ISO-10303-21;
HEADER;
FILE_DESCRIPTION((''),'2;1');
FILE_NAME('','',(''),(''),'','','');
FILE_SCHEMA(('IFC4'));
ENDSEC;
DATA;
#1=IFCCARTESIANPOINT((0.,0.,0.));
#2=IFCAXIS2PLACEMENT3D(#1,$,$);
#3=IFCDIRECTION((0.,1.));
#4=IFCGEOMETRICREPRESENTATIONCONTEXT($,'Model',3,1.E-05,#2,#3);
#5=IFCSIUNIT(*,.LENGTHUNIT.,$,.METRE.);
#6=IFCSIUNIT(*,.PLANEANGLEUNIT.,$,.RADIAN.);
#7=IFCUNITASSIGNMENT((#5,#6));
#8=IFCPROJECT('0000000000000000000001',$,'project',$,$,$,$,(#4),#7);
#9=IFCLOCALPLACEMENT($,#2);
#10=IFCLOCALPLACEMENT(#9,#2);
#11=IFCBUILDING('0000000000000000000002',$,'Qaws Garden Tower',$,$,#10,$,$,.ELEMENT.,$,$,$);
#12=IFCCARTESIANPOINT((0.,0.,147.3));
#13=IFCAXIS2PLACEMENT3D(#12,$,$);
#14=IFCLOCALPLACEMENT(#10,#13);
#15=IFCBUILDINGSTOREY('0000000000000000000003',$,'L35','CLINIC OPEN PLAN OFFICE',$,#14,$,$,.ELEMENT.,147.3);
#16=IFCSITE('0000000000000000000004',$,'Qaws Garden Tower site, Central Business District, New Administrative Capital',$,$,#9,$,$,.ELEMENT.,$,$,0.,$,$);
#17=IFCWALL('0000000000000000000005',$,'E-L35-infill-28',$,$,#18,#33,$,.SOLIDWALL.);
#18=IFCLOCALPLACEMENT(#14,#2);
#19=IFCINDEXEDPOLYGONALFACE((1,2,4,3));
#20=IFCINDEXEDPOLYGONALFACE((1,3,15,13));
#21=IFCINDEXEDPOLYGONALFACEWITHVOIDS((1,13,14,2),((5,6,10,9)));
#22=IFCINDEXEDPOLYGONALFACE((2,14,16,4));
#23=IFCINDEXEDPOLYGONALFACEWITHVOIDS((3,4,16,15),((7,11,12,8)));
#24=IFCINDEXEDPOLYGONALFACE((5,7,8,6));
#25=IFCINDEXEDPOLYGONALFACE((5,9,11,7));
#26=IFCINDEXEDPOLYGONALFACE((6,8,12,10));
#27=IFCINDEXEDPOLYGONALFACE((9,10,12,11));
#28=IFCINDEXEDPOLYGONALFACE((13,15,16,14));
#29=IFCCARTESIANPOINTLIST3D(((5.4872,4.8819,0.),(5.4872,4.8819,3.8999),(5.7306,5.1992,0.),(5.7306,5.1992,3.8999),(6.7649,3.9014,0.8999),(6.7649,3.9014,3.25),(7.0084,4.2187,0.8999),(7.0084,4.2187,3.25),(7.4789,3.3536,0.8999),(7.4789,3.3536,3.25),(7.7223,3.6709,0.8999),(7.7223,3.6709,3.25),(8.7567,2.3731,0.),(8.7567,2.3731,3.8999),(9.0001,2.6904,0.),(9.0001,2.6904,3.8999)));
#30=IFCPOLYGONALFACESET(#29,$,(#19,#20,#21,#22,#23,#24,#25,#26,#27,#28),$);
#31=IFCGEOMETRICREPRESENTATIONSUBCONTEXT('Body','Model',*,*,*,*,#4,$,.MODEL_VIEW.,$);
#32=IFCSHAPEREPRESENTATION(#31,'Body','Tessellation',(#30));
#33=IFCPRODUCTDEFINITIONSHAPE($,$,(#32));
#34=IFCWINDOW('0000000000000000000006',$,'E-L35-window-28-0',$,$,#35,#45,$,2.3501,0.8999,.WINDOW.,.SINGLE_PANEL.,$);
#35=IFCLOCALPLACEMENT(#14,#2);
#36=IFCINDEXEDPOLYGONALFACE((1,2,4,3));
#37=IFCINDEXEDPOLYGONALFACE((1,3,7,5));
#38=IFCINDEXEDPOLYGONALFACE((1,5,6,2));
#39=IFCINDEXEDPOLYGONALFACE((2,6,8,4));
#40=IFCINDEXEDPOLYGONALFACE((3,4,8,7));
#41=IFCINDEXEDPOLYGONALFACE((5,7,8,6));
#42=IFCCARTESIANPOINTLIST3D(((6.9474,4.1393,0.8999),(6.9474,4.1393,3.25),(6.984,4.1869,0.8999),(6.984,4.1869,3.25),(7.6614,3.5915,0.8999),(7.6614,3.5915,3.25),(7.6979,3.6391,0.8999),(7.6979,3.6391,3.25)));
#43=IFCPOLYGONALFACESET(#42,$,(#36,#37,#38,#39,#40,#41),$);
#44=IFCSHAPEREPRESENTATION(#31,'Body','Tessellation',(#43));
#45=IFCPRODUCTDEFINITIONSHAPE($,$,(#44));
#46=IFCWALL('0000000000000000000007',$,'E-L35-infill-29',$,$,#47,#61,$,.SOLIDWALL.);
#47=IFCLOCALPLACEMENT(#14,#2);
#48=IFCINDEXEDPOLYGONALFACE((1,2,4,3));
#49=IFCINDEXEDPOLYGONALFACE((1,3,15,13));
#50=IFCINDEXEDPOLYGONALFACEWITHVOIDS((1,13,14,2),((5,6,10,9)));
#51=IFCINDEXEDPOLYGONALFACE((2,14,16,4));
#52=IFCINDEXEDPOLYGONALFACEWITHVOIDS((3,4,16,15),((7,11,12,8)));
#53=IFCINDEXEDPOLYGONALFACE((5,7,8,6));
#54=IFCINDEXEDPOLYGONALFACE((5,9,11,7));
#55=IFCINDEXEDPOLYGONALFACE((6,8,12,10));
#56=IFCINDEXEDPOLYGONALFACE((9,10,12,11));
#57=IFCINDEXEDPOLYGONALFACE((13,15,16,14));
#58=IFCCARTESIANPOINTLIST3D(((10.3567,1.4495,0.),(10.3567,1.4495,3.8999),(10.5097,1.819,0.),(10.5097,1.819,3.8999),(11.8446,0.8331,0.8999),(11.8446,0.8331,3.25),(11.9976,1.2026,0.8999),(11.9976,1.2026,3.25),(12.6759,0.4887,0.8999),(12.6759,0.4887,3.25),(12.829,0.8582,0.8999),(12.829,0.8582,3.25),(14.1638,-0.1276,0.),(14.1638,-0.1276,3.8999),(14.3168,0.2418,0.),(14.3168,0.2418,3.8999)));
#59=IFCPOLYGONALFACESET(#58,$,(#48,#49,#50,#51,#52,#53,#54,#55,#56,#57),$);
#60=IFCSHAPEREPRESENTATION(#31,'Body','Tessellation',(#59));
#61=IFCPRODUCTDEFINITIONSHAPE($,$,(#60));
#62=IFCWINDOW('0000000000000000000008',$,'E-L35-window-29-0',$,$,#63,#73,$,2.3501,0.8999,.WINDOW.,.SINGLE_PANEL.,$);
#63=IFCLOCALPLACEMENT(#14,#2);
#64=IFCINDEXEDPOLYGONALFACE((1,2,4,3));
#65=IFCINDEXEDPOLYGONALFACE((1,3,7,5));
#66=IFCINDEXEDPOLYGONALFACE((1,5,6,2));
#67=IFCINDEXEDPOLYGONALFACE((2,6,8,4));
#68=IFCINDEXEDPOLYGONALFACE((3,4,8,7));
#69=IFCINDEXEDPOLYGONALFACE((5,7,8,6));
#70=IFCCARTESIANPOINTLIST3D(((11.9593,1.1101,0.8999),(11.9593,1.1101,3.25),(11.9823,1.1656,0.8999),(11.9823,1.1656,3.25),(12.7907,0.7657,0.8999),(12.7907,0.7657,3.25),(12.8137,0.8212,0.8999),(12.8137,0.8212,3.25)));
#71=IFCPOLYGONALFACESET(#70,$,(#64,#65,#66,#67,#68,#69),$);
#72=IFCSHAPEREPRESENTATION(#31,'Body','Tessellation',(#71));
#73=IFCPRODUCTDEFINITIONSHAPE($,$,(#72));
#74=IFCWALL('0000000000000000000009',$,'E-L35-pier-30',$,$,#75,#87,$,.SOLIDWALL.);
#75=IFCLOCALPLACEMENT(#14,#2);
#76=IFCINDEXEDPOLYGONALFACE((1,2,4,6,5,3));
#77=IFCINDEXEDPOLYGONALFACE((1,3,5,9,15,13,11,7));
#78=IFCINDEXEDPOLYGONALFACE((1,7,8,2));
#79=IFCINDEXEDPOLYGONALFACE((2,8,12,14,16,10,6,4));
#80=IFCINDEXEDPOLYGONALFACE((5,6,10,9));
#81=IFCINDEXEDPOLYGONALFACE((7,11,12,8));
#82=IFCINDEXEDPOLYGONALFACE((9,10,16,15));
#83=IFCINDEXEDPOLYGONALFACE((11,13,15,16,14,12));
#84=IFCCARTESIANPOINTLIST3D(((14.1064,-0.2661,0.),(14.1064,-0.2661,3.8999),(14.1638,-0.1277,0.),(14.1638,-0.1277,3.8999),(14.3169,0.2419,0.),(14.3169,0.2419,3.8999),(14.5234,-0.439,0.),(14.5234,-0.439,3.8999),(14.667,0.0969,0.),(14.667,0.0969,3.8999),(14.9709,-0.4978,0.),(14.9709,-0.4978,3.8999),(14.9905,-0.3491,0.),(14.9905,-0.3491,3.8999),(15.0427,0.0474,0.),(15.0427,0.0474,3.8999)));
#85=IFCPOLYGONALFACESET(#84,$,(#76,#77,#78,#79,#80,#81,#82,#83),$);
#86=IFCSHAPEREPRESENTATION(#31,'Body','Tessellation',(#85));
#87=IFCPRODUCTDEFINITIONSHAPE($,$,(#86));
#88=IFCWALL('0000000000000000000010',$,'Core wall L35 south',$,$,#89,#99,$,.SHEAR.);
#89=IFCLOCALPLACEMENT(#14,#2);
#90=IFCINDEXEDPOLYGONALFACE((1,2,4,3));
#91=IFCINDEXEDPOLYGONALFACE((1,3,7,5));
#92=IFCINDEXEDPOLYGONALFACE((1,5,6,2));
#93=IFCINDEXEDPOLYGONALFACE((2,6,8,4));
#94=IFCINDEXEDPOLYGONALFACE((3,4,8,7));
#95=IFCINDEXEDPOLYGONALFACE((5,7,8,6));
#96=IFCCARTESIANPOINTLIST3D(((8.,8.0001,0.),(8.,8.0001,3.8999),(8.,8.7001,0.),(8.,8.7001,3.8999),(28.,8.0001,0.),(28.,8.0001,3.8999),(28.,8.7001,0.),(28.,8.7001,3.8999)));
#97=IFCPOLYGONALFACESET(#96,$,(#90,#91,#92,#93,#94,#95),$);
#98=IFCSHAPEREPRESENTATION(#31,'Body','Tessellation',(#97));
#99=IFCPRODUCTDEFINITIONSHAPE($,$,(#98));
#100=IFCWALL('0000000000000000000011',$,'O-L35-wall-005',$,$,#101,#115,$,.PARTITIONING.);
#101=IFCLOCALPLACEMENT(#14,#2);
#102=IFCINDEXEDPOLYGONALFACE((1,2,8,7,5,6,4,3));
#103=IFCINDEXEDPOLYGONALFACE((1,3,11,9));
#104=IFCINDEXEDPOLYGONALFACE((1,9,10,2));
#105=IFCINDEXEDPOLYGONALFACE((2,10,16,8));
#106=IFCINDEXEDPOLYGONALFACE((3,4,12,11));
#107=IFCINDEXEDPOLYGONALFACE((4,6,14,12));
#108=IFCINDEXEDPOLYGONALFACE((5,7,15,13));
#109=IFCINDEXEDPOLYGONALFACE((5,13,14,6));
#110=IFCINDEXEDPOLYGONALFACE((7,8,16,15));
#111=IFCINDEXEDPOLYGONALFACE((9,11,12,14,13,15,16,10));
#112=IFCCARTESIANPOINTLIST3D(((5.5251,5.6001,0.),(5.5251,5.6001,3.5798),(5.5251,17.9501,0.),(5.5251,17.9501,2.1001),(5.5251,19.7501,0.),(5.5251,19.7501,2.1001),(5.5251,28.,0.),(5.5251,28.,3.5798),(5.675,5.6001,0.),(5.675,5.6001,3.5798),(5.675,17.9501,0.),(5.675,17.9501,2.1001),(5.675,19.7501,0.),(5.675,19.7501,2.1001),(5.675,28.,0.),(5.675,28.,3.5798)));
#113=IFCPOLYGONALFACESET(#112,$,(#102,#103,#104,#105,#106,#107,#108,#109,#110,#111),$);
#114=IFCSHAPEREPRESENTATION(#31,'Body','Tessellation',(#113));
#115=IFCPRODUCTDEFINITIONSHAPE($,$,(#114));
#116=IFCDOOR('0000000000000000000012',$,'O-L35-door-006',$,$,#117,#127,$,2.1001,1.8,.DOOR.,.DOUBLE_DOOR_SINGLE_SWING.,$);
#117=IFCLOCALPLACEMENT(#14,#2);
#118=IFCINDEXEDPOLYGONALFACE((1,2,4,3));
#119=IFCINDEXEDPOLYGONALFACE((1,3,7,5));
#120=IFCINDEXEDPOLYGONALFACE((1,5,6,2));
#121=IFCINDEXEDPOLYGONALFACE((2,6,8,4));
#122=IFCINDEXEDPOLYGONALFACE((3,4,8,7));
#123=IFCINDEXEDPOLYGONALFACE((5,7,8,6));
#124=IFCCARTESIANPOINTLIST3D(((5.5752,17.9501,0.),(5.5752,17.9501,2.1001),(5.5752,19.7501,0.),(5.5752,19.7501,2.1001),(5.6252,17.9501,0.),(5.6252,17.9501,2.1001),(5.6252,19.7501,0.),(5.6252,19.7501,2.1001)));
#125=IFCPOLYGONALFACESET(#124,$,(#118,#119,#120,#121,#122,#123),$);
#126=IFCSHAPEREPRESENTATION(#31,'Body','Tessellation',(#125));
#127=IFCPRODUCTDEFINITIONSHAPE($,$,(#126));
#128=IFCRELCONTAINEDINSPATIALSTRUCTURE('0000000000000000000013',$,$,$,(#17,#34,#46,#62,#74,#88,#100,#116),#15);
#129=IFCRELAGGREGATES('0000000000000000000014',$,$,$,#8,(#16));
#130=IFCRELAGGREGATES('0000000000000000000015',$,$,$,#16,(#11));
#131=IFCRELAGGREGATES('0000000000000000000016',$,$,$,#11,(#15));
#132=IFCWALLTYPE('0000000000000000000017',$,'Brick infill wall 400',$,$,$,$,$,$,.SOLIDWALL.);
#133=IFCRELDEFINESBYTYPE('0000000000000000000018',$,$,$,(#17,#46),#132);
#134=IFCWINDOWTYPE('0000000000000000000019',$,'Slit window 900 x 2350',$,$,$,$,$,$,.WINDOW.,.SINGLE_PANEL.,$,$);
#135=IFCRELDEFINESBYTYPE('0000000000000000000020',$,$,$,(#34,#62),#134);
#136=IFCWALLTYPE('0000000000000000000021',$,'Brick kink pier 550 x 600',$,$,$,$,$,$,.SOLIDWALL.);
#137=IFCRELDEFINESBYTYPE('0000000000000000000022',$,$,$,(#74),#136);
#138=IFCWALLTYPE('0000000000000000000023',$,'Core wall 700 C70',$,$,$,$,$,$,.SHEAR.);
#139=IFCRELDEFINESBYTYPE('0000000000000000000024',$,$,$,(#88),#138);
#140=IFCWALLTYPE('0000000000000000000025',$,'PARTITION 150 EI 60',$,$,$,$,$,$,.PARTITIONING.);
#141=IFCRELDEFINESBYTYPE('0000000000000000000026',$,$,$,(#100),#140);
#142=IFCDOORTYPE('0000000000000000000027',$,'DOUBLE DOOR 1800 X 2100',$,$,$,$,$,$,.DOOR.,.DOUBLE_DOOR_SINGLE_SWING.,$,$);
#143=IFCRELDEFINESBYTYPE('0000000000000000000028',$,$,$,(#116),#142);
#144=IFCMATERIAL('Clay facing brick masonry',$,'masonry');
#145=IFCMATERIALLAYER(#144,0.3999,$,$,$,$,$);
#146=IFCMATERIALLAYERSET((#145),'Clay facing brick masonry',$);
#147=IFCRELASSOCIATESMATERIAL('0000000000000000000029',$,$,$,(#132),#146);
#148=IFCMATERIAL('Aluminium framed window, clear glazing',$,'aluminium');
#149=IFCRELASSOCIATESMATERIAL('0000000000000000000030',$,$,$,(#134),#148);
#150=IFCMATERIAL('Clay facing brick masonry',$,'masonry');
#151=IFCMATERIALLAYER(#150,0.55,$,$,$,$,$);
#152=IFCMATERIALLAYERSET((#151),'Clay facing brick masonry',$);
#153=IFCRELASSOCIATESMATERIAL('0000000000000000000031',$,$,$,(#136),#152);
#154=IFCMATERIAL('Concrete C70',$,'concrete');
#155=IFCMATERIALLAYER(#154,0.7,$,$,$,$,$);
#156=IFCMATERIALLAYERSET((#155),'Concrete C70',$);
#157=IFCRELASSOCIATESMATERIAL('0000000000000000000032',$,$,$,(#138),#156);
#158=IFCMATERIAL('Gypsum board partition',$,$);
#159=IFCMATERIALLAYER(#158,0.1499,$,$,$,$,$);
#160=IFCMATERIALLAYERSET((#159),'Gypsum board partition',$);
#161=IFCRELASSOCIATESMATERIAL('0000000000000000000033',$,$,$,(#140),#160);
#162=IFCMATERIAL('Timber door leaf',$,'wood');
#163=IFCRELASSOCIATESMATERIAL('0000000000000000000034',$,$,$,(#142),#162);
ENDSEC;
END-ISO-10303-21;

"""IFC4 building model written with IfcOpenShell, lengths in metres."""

from ifc_helpers import new_model, si_unit, direction, frame, frame_2d, origin, place, context, subcontext, project, spatial, polyline, rectangle, outline, extrude, material, layer, layer_set, type_object, element, fill, save


model = new_model("IFC4")

# Units and contexts
model_context = context("Model", 3, precision=1e-05, world=origin(), true_north=direction((0.0, 1.0)))
body_context = subcontext(model_context, "Body", "Model", "MODEL_VIEW")
ifc_project = project(units=[si_unit("LENGTHUNIT", "METRE"), si_unit("PLANEANGLEUNIT", "RADIAN")], contexts=[model_context])

# Site, building, storey
site_placement = place(None, origin())
site = spatial("IfcSite", under=ifc_project, at=site_placement, Name="Qaws Garden Tower site, Central Business District, New Administrative Capital", CompositionType="ELEMENT", RefElevation=0.0)
building_placement = place(site_placement, origin())
building = spatial("IfcBuilding", under=site, at=building_placement, Name="Qaws Garden Tower", CompositionType="ELEMENT")
storey_placement = place(building_placement, frame((0.0, 0.0, 147.3)))
storey = spatial("IfcBuildingStorey", under=building, at=storey_placement, Name="L35", Description="CLINIC OPEN PLAN OFFICE", CompositionType="ELEMENT", Elevation=147.3)

# Shared definitions
placement_1 = place(storey_placement, origin())

# Walls, openings, windows
ifc_material_1 = material(Name="Clay facing brick masonry", Category="masonry")
ifc_layer_1 = layer(ifc_material_1, 0.3999)
ifc_layer_set_1 = layer_set([ifc_layer_1], Name="Clay facing brick masonry")
wall_type_1 = type_object("IfcWallType", Name="Brick infill wall 400", PredefinedType="SOLIDWALL", material=ifc_layer_set_1)
ifc_material_2 = material(Name="Aluminium framed window, clear glazing", Category="aluminium")
window_type = type_object("IfcWindowType", Name="Slit window 900 x 2350", PartitioningType="SINGLE_PANEL", PredefinedType="WINDOW", material=ifc_material_2)
wall_1_placement = place(storey_placement, frame((5.6089, 5.0405, 0.0), z_axis=(0.0, 0.0, 1.0), x_axis=(0.793355, -0.60876, 0.0)))
wall_1 = element("IfcWall", 1, at=wall_1_placement, inside=storey, type_object=wall_type_1, Name="E-L35-infill-28", PredefinedType="SOLIDWALL", context=body_context, shape_type="SweptSolid", body=[
    extrude(rectangle(XDim=4.1211, YDim=0.3999, at=frame_2d((2.0605, 0.0))), origin(), (0.0, 0.0, 1.0), 3.8999),
])
opening_1_placement = place(wall_1_placement, frame((1.6106, 0.0, 0.8999)))
opening_1 = element("IfcOpeningElement", 2, at=opening_1_placement, cuts=wall_1, PredefinedType="OPENING", context=body_context, shape_type="SweptSolid", body=[
    extrude(rectangle(XDim=0.8999, YDim=2.3501, at=frame_2d((0.45, 1.175))), frame((0.0, 0.21, 0.0), z_axis=(0.0, -1.0, 0.0), x_axis=(1.0, 0.0, 0.0)), (0.0, 0.0, 1.0), 0.4199),
])
window_1_placement = place(opening_1_placement, origin())
window_1 = element("IfcWindow", 3, at=window_1_placement, inside=storey, type_object=window_type, Name="E-L35-window-28-0", OverallHeight=2.3501, OverallWidth=0.8999, PartitioningType="SINGLE_PANEL", PredefinedType="WINDOW", context=body_context, shape_type="SweptSolid", body=[
    extrude(rectangle(XDim=0.8999, YDim=2.3501, at=frame_2d((0.45, 1.175))), frame((0.0, 0.1599, 0.0), z_axis=(0.0, -1.0, 0.0), x_axis=(1.0, 0.0, 0.0)), (0.0, 0.0, 1.0), 0.0601),
])
fill(opening_1, window_1)
wall_2_placement = place(storey_placement, frame((10.4331, 1.6343, 0.0), z_axis=(0.0, 0.0, 1.0), x_axis=(0.923864, -0.382722, 0.0)))
wall_2 = element("IfcWall", 4, at=wall_2_placement, inside=storey, type_object=wall_type_1, Name="E-L35-infill-29", PredefinedType="SOLIDWALL", context=body_context, shape_type="SweptSolid", body=[
    extrude(rectangle(XDim=4.1208, YDim=0.3999, at=frame_2d((2.0605, 0.0))), origin(), (0.0, 0.0, 1.0), 3.8999),
])
opening_2_placement = place(wall_2_placement, frame((1.6106, 0.0, 0.8999)))
opening_2 = element("IfcOpeningElement", 5, at=opening_2_placement, cuts=wall_2, PredefinedType="OPENING", context=body_context, shape_type="SweptSolid", body=[
    extrude(rectangle(XDim=0.8999, YDim=2.3501, at=frame_2d((0.45, 1.175))), frame((0.0, 0.21, 0.0), z_axis=(0.0, -1.0, 0.0), x_axis=(1.0, 0.0, 0.0)), (0.0, 0.0, 1.0), 0.4199),
])
window_2_placement = place(opening_2_placement, origin())
window_2 = element("IfcWindow", 6, at=window_2_placement, inside=storey, type_object=window_type, Name="E-L35-window-29-0", OverallHeight=2.3501, OverallWidth=0.8999, PartitioningType="SINGLE_PANEL", PredefinedType="WINDOW", context=body_context, shape_type="SweptSolid", body=[
    extrude(rectangle(XDim=0.8999, YDim=2.3501, at=frame_2d((0.45, 1.175))), frame((0.0, 0.1599, 0.0), z_axis=(0.0, -1.0, 0.0), x_axis=(1.0, 0.0, 0.0)), (0.0, 0.0, 1.0), 0.0601),
])
fill(opening_2, window_2)

# Walls
ifc_material_3 = material(Name="Clay facing brick masonry", Category="masonry")
ifc_layer_2 = layer(ifc_material_3, 0.55)
ifc_layer_set_2 = layer_set([ifc_layer_2], Name="Clay facing brick masonry")
wall_type_2 = type_object("IfcWallType", Name="Brick kink pier 550 x 600", PredefinedType="SOLIDWALL", material=ifc_layer_set_2)
element("IfcWall", 7, at=placement_1, inside=storey, type_object=wall_type_2, Name="E-L35-pier-30", PredefinedType="SOLIDWALL", context=body_context, shape_type="SweptSolid", body=[
    extrude(outline(polyline([(14.1638, -0.1277), (14.1064, -0.2661), (14.5234, -0.439), (14.9709, -0.4978), (14.9905, -0.3491), (15.0427, 0.0474), (14.667, 0.0969), (14.3169, 0.2419), (14.1638, -0.1277)])), origin(), (0.0, 0.0, 1.0), 3.8999),
])
ifc_material_4 = material(Name="Concrete C70", Category="concrete")
ifc_layer_3 = layer(ifc_material_4, 0.7)
ifc_layer_set_3 = layer_set([ifc_layer_3], Name="Concrete C70")
wall_type_3 = type_object("IfcWallType", Name="Core wall 700 C70", PredefinedType="SHEAR", material=ifc_layer_set_3)
wall_3_placement = place(storey_placement, frame((8.0, 8.3501, 0.0), z_axis=(0.0, 0.0, 1.0), x_axis=(1.0, 0.0, 0.0)))
element("IfcWall", 8, at=wall_3_placement, inside=storey, type_object=wall_type_3, Name="Core wall L35 south", PredefinedType="SHEAR", context=body_context, shape_type="SweptSolid", body=[
    extrude(rectangle(XDim=20.0, YDim=0.7, at=frame_2d((10.0, 0.0))), origin(), (0.0, 0.0, 1.0), 3.8999),
])

# Wall, opening, door
ifc_material_5 = material(Name="Gypsum board partition")
ifc_layer_4 = layer(ifc_material_5, 0.1499)
ifc_layer_set_4 = layer_set([ifc_layer_4], Name="Gypsum board partition")
wall_type_4 = type_object("IfcWallType", Name="PARTITION 150 EI 60", PredefinedType="PARTITIONING", material=ifc_layer_set_4)
wall_4_placement = place(storey_placement, frame((5.6001, 5.6001, 0.0), z_axis=(0.0, 0.0, 1.0), x_axis=(0.0, 1.0, 0.0)))
wall_4 = element("IfcWall", 9, at=wall_4_placement, inside=storey, type_object=wall_type_4, Name="O-L35-wall-005", PredefinedType="PARTITIONING", context=body_context, shape_type="SweptSolid", body=[
    extrude(rectangle(XDim=22.3999, YDim=0.1499, at=frame_2d((11.2, 0.0))), origin(), (0.0, 0.0, 1.0), 3.5798),
])
opening_3_placement = place(wall_4_placement, frame((12.3501, 0.0, 0.0)))
opening_3 = element("IfcOpeningElement", 10, at=opening_3_placement, cuts=wall_4, PredefinedType="OPENING", context=body_context, shape_type="SweptSolid", body=[
    extrude(rectangle(XDim=1.8, YDim=2.1001, at=frame_2d((0.8999, 1.05))), frame((0.0, 0.085, 0.0), z_axis=(0.0, -1.0, 0.0), x_axis=(1.0, 0.0, 0.0)), (0.0, 0.0, 1.0), 0.1699),
])
ifc_material_6 = material(Name="Timber door leaf", Category="wood")
door_type_1 = type_object("IfcDoorType", Name="DOUBLE DOOR 1800 X 2100", OperationType="DOUBLE_DOOR_SINGLE_SWING", PredefinedType="DOOR", material=ifc_material_6)
door_1_placement = place(opening_3_placement, origin())
door_1 = element("IfcDoor", 11, at=door_1_placement, inside=storey, type_object=door_type_1, Name="O-L35-door-006", OperationType="DOUBLE_DOOR_SINGLE_SWING", OverallHeight=2.1001, OverallWidth=1.8, PredefinedType="DOOR", context=body_context, shape_type="SweptSolid", body=[
    extrude(rectangle(XDim=1.8, YDim=2.1001, at=frame_2d((0.8999, 1.05))), frame((0.0, 0.0249, 0.0), z_axis=(0.0, -1.0, 0.0), x_axis=(1.0, 0.0, 0.0)), (0.0, 0.0, 1.0), 0.05),
])
fill(opening_3, door_1)

save(model, "model.ifc")
